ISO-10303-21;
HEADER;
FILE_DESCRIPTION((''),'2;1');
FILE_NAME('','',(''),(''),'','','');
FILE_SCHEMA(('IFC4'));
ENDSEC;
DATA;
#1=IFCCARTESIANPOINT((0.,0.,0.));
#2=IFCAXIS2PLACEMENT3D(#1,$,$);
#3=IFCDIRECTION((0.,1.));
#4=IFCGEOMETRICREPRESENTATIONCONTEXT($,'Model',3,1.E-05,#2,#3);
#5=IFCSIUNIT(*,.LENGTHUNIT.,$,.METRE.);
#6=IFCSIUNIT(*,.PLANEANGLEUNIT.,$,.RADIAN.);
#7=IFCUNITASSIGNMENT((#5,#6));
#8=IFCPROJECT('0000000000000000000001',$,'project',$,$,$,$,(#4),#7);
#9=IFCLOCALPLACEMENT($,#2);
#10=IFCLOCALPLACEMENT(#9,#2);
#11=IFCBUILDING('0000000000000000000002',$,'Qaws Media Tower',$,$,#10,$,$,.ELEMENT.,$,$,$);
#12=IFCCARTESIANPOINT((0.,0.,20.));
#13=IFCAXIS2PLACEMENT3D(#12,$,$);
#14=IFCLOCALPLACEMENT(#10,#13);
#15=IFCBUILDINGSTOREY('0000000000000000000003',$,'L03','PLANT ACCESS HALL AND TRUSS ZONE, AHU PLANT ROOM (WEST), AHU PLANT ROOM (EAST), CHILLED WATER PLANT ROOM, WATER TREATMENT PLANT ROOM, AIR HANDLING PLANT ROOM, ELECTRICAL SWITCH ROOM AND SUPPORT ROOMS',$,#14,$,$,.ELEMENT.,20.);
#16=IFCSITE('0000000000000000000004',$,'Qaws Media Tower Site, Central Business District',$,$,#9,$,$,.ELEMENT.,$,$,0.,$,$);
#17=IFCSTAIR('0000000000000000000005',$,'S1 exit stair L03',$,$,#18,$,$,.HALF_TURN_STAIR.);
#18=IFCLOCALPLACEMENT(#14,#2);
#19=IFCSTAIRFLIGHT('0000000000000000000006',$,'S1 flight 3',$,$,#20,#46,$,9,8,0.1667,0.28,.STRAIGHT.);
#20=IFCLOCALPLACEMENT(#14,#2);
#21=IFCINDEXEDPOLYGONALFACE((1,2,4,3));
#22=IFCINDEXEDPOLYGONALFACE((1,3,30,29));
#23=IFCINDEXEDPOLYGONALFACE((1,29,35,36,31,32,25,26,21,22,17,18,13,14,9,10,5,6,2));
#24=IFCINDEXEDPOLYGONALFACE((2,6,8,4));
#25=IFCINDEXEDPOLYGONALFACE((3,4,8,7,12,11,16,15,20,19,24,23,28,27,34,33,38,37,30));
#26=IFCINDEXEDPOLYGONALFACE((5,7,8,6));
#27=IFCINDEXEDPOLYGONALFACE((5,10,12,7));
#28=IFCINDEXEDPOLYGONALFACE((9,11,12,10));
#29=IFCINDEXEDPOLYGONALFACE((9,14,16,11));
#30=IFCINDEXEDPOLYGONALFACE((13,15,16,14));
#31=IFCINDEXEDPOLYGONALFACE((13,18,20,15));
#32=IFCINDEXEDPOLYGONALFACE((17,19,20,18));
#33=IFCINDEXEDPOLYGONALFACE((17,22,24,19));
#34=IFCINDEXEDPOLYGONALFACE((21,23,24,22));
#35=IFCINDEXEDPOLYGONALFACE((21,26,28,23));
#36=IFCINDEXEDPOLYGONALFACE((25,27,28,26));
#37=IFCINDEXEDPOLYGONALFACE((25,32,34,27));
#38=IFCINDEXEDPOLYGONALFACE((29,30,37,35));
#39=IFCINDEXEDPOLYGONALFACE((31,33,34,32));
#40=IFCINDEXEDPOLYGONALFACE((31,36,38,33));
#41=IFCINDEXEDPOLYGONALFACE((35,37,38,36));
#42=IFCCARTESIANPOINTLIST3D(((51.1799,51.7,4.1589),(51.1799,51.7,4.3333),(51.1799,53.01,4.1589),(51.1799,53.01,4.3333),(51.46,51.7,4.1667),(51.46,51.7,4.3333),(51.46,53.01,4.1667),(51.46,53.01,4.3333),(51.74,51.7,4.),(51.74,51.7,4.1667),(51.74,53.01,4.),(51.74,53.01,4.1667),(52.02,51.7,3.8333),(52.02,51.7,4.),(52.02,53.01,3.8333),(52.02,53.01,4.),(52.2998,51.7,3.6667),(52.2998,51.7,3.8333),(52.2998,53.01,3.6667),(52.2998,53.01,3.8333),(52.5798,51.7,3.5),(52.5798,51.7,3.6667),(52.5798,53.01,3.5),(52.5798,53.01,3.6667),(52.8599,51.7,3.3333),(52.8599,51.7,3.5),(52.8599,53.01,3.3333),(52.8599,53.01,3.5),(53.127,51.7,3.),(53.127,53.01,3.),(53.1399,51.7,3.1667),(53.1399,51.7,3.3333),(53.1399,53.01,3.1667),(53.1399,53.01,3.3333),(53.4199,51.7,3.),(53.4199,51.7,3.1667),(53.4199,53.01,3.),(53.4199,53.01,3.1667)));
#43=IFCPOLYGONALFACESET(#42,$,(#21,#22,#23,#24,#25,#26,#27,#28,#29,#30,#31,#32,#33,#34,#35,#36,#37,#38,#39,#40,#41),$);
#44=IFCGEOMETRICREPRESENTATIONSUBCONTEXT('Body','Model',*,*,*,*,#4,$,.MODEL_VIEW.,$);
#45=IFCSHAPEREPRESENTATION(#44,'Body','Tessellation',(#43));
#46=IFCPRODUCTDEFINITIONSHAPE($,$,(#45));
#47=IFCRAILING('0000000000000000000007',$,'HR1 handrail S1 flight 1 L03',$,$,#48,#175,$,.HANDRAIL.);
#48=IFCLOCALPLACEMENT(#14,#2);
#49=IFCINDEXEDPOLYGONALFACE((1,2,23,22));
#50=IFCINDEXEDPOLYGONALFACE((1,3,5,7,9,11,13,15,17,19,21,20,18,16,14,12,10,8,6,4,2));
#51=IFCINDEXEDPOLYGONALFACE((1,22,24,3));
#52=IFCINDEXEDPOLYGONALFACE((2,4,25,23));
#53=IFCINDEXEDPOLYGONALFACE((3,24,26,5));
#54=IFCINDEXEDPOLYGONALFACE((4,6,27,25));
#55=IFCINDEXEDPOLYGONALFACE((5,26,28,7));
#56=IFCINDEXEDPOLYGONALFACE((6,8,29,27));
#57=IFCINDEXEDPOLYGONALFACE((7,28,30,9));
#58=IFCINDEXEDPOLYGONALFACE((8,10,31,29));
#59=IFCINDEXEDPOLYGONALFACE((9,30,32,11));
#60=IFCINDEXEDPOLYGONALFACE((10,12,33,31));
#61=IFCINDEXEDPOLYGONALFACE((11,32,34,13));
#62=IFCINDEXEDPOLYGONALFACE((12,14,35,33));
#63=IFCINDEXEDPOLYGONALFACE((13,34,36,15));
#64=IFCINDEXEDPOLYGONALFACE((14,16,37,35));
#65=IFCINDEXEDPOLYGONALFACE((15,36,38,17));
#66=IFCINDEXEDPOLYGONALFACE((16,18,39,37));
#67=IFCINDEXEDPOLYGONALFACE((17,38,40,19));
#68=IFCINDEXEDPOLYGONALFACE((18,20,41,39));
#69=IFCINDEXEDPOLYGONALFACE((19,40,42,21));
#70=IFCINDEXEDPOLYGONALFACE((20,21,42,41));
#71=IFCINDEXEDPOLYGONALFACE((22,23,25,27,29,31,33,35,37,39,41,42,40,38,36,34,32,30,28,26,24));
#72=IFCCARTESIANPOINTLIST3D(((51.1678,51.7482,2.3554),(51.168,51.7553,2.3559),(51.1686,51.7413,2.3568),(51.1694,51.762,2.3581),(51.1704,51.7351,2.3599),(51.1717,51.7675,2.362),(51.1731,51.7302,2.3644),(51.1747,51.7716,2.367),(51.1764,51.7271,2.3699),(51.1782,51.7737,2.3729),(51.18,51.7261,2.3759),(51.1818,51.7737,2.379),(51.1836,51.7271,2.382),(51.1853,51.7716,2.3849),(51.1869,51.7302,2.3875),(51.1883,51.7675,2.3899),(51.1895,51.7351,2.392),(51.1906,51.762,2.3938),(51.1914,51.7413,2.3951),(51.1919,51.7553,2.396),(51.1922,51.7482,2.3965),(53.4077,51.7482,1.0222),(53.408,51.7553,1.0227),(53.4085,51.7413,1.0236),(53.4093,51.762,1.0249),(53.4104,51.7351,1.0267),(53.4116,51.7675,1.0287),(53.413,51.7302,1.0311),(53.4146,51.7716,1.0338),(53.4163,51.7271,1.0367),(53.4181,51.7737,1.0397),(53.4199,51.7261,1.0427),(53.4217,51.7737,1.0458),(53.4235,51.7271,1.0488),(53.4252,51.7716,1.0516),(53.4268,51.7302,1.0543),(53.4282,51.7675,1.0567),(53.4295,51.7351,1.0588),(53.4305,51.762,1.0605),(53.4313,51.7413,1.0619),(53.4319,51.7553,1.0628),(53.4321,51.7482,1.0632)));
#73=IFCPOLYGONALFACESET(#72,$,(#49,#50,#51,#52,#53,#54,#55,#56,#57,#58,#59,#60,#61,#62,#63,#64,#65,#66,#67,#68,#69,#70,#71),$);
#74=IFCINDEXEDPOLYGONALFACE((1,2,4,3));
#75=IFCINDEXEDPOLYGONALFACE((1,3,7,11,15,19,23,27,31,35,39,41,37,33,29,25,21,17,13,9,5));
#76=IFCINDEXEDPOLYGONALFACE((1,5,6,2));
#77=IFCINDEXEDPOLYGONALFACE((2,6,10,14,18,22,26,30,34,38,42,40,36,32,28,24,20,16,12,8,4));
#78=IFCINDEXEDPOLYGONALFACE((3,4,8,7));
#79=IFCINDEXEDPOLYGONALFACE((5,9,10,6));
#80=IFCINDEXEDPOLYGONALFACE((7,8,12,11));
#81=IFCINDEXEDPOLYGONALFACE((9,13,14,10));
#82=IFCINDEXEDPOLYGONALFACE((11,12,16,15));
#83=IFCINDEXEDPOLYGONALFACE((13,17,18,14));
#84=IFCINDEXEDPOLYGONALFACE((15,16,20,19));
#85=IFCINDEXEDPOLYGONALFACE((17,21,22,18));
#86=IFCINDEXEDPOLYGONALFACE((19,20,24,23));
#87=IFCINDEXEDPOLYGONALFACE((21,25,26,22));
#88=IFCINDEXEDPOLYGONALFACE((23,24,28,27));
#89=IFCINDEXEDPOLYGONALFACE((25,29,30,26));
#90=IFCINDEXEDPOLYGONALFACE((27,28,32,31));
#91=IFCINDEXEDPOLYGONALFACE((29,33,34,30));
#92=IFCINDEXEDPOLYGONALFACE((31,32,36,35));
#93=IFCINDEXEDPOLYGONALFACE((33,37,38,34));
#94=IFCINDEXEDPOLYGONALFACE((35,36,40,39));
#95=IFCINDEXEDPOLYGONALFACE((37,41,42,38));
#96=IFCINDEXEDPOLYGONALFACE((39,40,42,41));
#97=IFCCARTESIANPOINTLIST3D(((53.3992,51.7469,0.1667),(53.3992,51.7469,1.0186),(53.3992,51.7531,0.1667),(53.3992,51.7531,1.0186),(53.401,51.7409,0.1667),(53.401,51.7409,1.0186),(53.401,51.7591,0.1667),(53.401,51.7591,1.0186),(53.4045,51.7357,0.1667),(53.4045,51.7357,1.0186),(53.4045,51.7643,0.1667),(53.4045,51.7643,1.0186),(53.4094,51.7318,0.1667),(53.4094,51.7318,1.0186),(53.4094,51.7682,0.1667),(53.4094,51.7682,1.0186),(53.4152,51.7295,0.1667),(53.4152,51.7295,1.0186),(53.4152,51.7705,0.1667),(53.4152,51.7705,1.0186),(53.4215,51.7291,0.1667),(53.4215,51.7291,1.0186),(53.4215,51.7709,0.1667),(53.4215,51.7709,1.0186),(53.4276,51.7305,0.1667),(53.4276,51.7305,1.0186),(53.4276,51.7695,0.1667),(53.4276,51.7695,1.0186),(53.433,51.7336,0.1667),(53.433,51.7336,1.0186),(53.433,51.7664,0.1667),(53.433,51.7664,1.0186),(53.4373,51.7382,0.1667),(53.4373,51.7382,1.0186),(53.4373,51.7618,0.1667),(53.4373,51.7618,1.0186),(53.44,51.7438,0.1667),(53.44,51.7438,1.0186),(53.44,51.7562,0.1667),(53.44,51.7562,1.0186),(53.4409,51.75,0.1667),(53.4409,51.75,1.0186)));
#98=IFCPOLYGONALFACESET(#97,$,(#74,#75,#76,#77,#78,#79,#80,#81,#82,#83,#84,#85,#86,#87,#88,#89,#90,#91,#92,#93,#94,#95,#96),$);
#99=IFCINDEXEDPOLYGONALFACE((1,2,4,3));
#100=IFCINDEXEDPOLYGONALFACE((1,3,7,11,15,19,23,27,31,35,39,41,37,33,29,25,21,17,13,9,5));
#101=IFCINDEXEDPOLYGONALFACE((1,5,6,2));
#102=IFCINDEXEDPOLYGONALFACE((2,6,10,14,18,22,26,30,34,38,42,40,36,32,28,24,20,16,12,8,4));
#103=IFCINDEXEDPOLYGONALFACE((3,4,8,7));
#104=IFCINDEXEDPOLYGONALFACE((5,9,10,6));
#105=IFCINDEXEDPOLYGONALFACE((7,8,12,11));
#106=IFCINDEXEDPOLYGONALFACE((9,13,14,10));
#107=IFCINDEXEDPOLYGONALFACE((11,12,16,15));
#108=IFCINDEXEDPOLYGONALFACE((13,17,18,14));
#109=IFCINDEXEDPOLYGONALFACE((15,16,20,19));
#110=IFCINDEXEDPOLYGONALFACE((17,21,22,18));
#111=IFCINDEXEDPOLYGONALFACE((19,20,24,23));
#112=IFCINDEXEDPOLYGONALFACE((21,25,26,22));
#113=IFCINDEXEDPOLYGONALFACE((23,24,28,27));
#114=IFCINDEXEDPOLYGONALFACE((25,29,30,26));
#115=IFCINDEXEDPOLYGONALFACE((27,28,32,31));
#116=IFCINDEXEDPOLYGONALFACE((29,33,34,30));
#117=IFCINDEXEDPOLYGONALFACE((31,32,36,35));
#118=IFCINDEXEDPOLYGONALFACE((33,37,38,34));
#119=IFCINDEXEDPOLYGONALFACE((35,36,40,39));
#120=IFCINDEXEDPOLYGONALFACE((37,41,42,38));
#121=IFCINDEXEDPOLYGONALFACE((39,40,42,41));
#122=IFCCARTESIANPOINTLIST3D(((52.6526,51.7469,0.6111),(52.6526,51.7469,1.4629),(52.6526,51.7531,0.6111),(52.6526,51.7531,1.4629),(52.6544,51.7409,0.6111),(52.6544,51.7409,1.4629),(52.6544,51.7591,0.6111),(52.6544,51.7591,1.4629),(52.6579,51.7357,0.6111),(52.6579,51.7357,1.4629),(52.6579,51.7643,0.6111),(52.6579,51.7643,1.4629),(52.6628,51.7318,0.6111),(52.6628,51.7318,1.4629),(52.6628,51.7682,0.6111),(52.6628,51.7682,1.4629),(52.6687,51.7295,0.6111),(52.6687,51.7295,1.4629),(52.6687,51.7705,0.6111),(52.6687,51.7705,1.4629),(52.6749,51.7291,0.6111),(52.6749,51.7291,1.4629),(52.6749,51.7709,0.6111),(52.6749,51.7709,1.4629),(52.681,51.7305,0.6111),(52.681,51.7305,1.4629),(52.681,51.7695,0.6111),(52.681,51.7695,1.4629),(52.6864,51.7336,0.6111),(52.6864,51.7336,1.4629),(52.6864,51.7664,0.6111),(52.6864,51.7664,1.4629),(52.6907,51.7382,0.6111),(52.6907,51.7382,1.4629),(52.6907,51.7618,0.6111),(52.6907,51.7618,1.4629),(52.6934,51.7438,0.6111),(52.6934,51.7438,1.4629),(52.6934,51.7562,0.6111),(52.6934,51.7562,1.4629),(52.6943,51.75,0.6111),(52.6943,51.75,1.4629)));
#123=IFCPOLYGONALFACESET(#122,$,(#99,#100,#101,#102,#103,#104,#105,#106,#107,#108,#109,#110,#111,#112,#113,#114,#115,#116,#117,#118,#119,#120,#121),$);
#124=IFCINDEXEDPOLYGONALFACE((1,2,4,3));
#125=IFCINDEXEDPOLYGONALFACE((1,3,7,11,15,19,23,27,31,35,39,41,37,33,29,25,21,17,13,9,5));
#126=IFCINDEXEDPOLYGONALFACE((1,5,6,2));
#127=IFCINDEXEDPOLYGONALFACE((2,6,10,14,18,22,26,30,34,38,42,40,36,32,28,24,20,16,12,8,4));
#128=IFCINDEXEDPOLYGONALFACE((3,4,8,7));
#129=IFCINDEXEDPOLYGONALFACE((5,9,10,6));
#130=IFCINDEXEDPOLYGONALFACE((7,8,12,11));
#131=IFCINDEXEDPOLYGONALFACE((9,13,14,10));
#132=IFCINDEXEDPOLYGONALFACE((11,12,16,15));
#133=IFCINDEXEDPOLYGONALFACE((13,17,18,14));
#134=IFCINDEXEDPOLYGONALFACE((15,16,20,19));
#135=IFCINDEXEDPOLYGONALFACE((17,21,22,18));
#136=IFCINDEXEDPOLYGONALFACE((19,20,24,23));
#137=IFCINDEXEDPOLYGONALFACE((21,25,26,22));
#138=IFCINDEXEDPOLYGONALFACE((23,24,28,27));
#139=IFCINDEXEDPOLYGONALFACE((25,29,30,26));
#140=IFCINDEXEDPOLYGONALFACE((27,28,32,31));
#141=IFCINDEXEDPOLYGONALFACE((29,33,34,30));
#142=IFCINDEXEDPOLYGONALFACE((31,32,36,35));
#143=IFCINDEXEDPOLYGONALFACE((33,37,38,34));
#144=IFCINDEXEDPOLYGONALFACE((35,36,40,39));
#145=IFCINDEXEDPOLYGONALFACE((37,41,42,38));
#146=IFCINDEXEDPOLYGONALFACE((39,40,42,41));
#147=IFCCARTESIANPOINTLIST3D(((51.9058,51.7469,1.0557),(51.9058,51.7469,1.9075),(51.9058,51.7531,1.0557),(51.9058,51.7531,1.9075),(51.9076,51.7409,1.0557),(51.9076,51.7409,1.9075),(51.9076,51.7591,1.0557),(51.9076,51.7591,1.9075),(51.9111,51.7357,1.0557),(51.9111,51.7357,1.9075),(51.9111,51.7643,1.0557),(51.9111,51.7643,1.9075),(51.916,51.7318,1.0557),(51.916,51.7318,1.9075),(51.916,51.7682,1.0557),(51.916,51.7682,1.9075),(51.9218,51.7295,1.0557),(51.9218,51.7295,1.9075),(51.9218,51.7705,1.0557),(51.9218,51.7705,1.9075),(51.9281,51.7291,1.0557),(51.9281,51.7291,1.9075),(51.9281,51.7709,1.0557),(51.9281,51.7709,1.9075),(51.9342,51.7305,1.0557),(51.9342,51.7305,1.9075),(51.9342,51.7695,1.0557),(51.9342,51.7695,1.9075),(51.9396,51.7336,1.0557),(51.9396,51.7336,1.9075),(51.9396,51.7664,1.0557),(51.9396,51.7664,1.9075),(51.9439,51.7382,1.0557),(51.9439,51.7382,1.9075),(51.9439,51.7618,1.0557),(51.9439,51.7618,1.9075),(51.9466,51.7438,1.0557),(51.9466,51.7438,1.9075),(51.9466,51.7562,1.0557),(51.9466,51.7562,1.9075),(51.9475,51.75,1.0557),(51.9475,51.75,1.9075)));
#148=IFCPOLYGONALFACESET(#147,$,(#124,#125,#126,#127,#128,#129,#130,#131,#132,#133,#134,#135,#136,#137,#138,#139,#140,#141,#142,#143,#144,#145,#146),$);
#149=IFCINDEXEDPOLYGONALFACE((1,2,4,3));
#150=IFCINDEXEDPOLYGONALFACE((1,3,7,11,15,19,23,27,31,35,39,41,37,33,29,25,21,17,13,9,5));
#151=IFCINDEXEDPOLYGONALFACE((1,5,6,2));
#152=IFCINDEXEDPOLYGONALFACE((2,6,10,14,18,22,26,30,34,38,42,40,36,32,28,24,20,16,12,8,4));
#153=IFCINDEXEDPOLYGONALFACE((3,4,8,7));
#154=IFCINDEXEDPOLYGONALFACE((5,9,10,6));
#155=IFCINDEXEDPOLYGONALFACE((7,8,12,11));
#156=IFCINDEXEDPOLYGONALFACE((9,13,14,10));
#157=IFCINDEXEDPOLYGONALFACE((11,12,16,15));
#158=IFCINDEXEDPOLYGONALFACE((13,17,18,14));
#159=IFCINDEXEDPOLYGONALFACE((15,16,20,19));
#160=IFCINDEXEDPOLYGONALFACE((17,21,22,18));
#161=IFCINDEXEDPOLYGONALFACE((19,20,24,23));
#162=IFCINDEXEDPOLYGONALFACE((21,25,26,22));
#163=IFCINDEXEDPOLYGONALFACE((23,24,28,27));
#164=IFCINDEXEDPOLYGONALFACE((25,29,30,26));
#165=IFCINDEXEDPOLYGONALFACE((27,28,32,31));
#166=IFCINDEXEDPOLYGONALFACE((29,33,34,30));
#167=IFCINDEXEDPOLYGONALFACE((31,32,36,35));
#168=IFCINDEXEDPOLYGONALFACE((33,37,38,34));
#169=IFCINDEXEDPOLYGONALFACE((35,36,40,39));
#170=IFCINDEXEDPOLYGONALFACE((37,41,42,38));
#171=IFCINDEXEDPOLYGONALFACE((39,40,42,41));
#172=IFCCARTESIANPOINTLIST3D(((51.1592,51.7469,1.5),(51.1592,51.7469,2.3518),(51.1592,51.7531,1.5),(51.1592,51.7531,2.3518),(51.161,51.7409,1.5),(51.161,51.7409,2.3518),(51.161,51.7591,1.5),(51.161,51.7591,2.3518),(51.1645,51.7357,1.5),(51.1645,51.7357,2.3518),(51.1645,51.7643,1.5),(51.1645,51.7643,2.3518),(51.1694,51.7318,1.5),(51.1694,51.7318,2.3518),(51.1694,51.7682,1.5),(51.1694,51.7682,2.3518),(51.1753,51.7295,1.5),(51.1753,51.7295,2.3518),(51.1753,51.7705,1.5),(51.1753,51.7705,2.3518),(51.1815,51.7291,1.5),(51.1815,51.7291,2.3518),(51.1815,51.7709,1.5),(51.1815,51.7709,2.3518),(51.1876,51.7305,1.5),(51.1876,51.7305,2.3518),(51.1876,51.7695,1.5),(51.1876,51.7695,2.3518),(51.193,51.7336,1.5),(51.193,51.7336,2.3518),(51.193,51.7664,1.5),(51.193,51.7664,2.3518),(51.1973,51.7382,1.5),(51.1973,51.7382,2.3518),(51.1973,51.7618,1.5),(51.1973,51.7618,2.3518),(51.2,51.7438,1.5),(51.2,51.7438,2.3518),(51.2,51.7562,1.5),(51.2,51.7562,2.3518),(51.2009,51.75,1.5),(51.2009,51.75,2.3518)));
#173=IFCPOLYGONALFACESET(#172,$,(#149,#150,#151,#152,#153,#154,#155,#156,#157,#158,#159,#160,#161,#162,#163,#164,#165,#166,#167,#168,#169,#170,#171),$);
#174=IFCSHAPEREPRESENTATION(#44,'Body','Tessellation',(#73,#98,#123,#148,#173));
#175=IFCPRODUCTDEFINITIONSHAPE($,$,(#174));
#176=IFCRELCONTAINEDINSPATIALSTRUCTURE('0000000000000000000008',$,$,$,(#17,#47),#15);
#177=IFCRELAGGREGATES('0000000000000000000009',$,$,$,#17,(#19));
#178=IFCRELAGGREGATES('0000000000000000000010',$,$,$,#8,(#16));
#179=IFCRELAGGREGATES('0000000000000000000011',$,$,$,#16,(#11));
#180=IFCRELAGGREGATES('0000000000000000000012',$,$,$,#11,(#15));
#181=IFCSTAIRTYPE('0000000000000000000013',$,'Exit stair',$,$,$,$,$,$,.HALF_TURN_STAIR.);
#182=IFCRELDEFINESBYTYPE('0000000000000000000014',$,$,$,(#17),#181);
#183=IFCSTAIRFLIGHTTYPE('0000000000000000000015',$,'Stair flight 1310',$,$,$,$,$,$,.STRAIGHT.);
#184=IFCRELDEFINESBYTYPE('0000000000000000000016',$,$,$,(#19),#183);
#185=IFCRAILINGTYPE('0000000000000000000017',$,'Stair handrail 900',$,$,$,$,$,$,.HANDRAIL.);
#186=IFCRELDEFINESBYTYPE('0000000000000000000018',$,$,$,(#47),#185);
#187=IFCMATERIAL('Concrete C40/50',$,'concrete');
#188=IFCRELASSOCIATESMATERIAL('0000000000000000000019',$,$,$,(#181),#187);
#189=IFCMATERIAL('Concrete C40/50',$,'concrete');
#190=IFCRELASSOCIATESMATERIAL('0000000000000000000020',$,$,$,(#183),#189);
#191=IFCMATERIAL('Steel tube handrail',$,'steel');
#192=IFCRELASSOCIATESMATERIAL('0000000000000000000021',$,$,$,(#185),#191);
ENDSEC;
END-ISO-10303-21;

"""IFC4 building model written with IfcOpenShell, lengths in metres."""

from ifc_helpers import new_model, si_unit, direction, frame, origin, origin_2d, place, context, subcontext, project, spatial, polyline, circle, outline, extrude, material, type_object, element, aggregate, save


model = new_model("IFC4")

# Units and contexts
model_context = context("Model", 3, precision=1e-05, world=origin(), true_north=direction((0.0, 1.0)))
body_context = subcontext(model_context, "Body", "Model", "MODEL_VIEW")
ifc_project = project(units=[si_unit("LENGTHUNIT", "METRE"), si_unit("PLANEANGLEUNIT", "RADIAN")], contexts=[model_context])

# Site, building, storey
site_placement = place(None, origin())
site = spatial("IfcSite", under=ifc_project, at=site_placement, Name="Qaws Media Tower Site, Central Business District", CompositionType="ELEMENT", RefElevation=0.0)
building_placement = place(site_placement, origin())
building = spatial("IfcBuilding", under=site, at=building_placement, Name="Qaws Media Tower", CompositionType="ELEMENT")
storey_placement = place(building_placement, frame((0.0, 0.0, 20.0)))
storey = spatial("IfcBuildingStorey", under=building, at=storey_placement, Name="L03", Description="PLANT ACCESS HALL AND TRUSS ZONE, AHU PLANT ROOM (WEST), AHU PLANT ROOM (EAST), CHILLED WATER PLANT ROOM, WATER TREATMENT PLANT ROOM, AIR HANDLING PLANT ROOM, ELECTRICAL SWITCH ROOM AND SUPPORT ROOMS", CompositionType="ELEMENT", Elevation=20.0)

# Stair, stair flight
ifc_material_1 = material(Name="Concrete C40/50", Category="concrete")
stair_type = type_object("IfcStairType", Name="Exit stair", PredefinedType="HALF_TURN_STAIR", material=ifc_material_1)
stair_placement = place(storey_placement, origin())
stair = element("IfcStair", 1, at=stair_placement, inside=storey, type_object=stair_type, Name="S1 exit stair L03", PredefinedType="HALF_TURN_STAIR")
ifc_material_2 = material(Name="Concrete C40/50", Category="concrete")
stair_flight_type = type_object("IfcStairFlightType", Name="Stair flight 1310", PredefinedType="STRAIGHT", material=ifc_material_2)
stair_flight_1_placement = place(storey_placement, frame((53.4199, 52.355, 3.0), z_axis=(0.0, 0.0, 1.0), x_axis=(-1.0, 0.0, 0.0)))
stair_flight_1 = element("IfcStairFlight", 2, at=stair_flight_1_placement, type_object=stair_flight_type, Name="S1 flight 3", NumberOfRisers=9, NumberOfTreads=8, PredefinedType="STRAIGHT", RiserHeight=0.1667, TreadLength=0.28, context=body_context, shape_type="SweptSolid", body=[
    extrude(outline(polyline([(0.0, 0.0), (0.0, 0.1667), (0.28, 0.1667), (0.28, 0.3333), (0.5601, 0.3333), (0.5601, 0.5), (0.8401, 0.5), (0.8401, 0.6667), (1.1201, 0.6667), (1.1201, 0.8333), (1.3999, 0.8333), (1.3999, 1.0), (1.6799, 1.0), (1.6799, 1.1667), (1.96, 1.1667), (1.96, 1.3333), (2.24, 1.3333), (2.24, 1.5), (2.24, 1.1589), (0.293, 0.0), (0.0, 0.0)])), frame((0.0, 0.655, 0.0), z_axis=(0.0, -1.0, 0.0), x_axis=(1.0, 0.0, 0.0)), (0.0, 0.0, 1.0), 1.3101),
])
aggregate(stair, [stair_flight_1])

# Railing
ifc_material_3 = material(Name="Steel tube handrail", Category="steel")
railing_type = type_object("IfcRailingType", Name="Stair handrail 900", PredefinedType="HANDRAIL", material=ifc_material_3)
for number, where, name in (
    (3, (53.4199, 51.75, 0.1667), "HR1 handrail S1 flight 1 L03"),
):
    element("IfcRailing", number, at=place(storey_placement, frame(where)), inside=storey, type_object=railing_type, Name=name, PredefinedType="HANDRAIL", context=body_context, shape_type="SweptSolid", body=[
        extrude(circle(Radius=0.0239, at=origin_2d()), frame((0.0, 0.0, 0.876), z_axis=(-0.859306, 0.0, 0.511462), x_axis=(0.0, -1.0, 0.0)), (0.0, 0.0, 1.0), 2.6067),
        extrude(circle(Radius=0.021, at=origin_2d()), origin(), (0.0, 0.0, 1.0), 0.8518),
        extrude(circle(Radius=0.021, at=origin_2d()), frame((-0.7466, 0.0, 0.4443)), (0.0, 0.0, 1.0), 0.8518),
        extrude(circle(Radius=0.021, at=origin_2d()), frame((-1.4934, 0.0, 0.8889)), (0.0, 0.0, 1.0), 0.8518),
        extrude(circle(Radius=0.021, at=origin_2d()), frame((-2.24, 0.0, 1.3333)), (0.0, 0.0, 1.0), 0.8518),
    ])

save(model, "model.ifc")
